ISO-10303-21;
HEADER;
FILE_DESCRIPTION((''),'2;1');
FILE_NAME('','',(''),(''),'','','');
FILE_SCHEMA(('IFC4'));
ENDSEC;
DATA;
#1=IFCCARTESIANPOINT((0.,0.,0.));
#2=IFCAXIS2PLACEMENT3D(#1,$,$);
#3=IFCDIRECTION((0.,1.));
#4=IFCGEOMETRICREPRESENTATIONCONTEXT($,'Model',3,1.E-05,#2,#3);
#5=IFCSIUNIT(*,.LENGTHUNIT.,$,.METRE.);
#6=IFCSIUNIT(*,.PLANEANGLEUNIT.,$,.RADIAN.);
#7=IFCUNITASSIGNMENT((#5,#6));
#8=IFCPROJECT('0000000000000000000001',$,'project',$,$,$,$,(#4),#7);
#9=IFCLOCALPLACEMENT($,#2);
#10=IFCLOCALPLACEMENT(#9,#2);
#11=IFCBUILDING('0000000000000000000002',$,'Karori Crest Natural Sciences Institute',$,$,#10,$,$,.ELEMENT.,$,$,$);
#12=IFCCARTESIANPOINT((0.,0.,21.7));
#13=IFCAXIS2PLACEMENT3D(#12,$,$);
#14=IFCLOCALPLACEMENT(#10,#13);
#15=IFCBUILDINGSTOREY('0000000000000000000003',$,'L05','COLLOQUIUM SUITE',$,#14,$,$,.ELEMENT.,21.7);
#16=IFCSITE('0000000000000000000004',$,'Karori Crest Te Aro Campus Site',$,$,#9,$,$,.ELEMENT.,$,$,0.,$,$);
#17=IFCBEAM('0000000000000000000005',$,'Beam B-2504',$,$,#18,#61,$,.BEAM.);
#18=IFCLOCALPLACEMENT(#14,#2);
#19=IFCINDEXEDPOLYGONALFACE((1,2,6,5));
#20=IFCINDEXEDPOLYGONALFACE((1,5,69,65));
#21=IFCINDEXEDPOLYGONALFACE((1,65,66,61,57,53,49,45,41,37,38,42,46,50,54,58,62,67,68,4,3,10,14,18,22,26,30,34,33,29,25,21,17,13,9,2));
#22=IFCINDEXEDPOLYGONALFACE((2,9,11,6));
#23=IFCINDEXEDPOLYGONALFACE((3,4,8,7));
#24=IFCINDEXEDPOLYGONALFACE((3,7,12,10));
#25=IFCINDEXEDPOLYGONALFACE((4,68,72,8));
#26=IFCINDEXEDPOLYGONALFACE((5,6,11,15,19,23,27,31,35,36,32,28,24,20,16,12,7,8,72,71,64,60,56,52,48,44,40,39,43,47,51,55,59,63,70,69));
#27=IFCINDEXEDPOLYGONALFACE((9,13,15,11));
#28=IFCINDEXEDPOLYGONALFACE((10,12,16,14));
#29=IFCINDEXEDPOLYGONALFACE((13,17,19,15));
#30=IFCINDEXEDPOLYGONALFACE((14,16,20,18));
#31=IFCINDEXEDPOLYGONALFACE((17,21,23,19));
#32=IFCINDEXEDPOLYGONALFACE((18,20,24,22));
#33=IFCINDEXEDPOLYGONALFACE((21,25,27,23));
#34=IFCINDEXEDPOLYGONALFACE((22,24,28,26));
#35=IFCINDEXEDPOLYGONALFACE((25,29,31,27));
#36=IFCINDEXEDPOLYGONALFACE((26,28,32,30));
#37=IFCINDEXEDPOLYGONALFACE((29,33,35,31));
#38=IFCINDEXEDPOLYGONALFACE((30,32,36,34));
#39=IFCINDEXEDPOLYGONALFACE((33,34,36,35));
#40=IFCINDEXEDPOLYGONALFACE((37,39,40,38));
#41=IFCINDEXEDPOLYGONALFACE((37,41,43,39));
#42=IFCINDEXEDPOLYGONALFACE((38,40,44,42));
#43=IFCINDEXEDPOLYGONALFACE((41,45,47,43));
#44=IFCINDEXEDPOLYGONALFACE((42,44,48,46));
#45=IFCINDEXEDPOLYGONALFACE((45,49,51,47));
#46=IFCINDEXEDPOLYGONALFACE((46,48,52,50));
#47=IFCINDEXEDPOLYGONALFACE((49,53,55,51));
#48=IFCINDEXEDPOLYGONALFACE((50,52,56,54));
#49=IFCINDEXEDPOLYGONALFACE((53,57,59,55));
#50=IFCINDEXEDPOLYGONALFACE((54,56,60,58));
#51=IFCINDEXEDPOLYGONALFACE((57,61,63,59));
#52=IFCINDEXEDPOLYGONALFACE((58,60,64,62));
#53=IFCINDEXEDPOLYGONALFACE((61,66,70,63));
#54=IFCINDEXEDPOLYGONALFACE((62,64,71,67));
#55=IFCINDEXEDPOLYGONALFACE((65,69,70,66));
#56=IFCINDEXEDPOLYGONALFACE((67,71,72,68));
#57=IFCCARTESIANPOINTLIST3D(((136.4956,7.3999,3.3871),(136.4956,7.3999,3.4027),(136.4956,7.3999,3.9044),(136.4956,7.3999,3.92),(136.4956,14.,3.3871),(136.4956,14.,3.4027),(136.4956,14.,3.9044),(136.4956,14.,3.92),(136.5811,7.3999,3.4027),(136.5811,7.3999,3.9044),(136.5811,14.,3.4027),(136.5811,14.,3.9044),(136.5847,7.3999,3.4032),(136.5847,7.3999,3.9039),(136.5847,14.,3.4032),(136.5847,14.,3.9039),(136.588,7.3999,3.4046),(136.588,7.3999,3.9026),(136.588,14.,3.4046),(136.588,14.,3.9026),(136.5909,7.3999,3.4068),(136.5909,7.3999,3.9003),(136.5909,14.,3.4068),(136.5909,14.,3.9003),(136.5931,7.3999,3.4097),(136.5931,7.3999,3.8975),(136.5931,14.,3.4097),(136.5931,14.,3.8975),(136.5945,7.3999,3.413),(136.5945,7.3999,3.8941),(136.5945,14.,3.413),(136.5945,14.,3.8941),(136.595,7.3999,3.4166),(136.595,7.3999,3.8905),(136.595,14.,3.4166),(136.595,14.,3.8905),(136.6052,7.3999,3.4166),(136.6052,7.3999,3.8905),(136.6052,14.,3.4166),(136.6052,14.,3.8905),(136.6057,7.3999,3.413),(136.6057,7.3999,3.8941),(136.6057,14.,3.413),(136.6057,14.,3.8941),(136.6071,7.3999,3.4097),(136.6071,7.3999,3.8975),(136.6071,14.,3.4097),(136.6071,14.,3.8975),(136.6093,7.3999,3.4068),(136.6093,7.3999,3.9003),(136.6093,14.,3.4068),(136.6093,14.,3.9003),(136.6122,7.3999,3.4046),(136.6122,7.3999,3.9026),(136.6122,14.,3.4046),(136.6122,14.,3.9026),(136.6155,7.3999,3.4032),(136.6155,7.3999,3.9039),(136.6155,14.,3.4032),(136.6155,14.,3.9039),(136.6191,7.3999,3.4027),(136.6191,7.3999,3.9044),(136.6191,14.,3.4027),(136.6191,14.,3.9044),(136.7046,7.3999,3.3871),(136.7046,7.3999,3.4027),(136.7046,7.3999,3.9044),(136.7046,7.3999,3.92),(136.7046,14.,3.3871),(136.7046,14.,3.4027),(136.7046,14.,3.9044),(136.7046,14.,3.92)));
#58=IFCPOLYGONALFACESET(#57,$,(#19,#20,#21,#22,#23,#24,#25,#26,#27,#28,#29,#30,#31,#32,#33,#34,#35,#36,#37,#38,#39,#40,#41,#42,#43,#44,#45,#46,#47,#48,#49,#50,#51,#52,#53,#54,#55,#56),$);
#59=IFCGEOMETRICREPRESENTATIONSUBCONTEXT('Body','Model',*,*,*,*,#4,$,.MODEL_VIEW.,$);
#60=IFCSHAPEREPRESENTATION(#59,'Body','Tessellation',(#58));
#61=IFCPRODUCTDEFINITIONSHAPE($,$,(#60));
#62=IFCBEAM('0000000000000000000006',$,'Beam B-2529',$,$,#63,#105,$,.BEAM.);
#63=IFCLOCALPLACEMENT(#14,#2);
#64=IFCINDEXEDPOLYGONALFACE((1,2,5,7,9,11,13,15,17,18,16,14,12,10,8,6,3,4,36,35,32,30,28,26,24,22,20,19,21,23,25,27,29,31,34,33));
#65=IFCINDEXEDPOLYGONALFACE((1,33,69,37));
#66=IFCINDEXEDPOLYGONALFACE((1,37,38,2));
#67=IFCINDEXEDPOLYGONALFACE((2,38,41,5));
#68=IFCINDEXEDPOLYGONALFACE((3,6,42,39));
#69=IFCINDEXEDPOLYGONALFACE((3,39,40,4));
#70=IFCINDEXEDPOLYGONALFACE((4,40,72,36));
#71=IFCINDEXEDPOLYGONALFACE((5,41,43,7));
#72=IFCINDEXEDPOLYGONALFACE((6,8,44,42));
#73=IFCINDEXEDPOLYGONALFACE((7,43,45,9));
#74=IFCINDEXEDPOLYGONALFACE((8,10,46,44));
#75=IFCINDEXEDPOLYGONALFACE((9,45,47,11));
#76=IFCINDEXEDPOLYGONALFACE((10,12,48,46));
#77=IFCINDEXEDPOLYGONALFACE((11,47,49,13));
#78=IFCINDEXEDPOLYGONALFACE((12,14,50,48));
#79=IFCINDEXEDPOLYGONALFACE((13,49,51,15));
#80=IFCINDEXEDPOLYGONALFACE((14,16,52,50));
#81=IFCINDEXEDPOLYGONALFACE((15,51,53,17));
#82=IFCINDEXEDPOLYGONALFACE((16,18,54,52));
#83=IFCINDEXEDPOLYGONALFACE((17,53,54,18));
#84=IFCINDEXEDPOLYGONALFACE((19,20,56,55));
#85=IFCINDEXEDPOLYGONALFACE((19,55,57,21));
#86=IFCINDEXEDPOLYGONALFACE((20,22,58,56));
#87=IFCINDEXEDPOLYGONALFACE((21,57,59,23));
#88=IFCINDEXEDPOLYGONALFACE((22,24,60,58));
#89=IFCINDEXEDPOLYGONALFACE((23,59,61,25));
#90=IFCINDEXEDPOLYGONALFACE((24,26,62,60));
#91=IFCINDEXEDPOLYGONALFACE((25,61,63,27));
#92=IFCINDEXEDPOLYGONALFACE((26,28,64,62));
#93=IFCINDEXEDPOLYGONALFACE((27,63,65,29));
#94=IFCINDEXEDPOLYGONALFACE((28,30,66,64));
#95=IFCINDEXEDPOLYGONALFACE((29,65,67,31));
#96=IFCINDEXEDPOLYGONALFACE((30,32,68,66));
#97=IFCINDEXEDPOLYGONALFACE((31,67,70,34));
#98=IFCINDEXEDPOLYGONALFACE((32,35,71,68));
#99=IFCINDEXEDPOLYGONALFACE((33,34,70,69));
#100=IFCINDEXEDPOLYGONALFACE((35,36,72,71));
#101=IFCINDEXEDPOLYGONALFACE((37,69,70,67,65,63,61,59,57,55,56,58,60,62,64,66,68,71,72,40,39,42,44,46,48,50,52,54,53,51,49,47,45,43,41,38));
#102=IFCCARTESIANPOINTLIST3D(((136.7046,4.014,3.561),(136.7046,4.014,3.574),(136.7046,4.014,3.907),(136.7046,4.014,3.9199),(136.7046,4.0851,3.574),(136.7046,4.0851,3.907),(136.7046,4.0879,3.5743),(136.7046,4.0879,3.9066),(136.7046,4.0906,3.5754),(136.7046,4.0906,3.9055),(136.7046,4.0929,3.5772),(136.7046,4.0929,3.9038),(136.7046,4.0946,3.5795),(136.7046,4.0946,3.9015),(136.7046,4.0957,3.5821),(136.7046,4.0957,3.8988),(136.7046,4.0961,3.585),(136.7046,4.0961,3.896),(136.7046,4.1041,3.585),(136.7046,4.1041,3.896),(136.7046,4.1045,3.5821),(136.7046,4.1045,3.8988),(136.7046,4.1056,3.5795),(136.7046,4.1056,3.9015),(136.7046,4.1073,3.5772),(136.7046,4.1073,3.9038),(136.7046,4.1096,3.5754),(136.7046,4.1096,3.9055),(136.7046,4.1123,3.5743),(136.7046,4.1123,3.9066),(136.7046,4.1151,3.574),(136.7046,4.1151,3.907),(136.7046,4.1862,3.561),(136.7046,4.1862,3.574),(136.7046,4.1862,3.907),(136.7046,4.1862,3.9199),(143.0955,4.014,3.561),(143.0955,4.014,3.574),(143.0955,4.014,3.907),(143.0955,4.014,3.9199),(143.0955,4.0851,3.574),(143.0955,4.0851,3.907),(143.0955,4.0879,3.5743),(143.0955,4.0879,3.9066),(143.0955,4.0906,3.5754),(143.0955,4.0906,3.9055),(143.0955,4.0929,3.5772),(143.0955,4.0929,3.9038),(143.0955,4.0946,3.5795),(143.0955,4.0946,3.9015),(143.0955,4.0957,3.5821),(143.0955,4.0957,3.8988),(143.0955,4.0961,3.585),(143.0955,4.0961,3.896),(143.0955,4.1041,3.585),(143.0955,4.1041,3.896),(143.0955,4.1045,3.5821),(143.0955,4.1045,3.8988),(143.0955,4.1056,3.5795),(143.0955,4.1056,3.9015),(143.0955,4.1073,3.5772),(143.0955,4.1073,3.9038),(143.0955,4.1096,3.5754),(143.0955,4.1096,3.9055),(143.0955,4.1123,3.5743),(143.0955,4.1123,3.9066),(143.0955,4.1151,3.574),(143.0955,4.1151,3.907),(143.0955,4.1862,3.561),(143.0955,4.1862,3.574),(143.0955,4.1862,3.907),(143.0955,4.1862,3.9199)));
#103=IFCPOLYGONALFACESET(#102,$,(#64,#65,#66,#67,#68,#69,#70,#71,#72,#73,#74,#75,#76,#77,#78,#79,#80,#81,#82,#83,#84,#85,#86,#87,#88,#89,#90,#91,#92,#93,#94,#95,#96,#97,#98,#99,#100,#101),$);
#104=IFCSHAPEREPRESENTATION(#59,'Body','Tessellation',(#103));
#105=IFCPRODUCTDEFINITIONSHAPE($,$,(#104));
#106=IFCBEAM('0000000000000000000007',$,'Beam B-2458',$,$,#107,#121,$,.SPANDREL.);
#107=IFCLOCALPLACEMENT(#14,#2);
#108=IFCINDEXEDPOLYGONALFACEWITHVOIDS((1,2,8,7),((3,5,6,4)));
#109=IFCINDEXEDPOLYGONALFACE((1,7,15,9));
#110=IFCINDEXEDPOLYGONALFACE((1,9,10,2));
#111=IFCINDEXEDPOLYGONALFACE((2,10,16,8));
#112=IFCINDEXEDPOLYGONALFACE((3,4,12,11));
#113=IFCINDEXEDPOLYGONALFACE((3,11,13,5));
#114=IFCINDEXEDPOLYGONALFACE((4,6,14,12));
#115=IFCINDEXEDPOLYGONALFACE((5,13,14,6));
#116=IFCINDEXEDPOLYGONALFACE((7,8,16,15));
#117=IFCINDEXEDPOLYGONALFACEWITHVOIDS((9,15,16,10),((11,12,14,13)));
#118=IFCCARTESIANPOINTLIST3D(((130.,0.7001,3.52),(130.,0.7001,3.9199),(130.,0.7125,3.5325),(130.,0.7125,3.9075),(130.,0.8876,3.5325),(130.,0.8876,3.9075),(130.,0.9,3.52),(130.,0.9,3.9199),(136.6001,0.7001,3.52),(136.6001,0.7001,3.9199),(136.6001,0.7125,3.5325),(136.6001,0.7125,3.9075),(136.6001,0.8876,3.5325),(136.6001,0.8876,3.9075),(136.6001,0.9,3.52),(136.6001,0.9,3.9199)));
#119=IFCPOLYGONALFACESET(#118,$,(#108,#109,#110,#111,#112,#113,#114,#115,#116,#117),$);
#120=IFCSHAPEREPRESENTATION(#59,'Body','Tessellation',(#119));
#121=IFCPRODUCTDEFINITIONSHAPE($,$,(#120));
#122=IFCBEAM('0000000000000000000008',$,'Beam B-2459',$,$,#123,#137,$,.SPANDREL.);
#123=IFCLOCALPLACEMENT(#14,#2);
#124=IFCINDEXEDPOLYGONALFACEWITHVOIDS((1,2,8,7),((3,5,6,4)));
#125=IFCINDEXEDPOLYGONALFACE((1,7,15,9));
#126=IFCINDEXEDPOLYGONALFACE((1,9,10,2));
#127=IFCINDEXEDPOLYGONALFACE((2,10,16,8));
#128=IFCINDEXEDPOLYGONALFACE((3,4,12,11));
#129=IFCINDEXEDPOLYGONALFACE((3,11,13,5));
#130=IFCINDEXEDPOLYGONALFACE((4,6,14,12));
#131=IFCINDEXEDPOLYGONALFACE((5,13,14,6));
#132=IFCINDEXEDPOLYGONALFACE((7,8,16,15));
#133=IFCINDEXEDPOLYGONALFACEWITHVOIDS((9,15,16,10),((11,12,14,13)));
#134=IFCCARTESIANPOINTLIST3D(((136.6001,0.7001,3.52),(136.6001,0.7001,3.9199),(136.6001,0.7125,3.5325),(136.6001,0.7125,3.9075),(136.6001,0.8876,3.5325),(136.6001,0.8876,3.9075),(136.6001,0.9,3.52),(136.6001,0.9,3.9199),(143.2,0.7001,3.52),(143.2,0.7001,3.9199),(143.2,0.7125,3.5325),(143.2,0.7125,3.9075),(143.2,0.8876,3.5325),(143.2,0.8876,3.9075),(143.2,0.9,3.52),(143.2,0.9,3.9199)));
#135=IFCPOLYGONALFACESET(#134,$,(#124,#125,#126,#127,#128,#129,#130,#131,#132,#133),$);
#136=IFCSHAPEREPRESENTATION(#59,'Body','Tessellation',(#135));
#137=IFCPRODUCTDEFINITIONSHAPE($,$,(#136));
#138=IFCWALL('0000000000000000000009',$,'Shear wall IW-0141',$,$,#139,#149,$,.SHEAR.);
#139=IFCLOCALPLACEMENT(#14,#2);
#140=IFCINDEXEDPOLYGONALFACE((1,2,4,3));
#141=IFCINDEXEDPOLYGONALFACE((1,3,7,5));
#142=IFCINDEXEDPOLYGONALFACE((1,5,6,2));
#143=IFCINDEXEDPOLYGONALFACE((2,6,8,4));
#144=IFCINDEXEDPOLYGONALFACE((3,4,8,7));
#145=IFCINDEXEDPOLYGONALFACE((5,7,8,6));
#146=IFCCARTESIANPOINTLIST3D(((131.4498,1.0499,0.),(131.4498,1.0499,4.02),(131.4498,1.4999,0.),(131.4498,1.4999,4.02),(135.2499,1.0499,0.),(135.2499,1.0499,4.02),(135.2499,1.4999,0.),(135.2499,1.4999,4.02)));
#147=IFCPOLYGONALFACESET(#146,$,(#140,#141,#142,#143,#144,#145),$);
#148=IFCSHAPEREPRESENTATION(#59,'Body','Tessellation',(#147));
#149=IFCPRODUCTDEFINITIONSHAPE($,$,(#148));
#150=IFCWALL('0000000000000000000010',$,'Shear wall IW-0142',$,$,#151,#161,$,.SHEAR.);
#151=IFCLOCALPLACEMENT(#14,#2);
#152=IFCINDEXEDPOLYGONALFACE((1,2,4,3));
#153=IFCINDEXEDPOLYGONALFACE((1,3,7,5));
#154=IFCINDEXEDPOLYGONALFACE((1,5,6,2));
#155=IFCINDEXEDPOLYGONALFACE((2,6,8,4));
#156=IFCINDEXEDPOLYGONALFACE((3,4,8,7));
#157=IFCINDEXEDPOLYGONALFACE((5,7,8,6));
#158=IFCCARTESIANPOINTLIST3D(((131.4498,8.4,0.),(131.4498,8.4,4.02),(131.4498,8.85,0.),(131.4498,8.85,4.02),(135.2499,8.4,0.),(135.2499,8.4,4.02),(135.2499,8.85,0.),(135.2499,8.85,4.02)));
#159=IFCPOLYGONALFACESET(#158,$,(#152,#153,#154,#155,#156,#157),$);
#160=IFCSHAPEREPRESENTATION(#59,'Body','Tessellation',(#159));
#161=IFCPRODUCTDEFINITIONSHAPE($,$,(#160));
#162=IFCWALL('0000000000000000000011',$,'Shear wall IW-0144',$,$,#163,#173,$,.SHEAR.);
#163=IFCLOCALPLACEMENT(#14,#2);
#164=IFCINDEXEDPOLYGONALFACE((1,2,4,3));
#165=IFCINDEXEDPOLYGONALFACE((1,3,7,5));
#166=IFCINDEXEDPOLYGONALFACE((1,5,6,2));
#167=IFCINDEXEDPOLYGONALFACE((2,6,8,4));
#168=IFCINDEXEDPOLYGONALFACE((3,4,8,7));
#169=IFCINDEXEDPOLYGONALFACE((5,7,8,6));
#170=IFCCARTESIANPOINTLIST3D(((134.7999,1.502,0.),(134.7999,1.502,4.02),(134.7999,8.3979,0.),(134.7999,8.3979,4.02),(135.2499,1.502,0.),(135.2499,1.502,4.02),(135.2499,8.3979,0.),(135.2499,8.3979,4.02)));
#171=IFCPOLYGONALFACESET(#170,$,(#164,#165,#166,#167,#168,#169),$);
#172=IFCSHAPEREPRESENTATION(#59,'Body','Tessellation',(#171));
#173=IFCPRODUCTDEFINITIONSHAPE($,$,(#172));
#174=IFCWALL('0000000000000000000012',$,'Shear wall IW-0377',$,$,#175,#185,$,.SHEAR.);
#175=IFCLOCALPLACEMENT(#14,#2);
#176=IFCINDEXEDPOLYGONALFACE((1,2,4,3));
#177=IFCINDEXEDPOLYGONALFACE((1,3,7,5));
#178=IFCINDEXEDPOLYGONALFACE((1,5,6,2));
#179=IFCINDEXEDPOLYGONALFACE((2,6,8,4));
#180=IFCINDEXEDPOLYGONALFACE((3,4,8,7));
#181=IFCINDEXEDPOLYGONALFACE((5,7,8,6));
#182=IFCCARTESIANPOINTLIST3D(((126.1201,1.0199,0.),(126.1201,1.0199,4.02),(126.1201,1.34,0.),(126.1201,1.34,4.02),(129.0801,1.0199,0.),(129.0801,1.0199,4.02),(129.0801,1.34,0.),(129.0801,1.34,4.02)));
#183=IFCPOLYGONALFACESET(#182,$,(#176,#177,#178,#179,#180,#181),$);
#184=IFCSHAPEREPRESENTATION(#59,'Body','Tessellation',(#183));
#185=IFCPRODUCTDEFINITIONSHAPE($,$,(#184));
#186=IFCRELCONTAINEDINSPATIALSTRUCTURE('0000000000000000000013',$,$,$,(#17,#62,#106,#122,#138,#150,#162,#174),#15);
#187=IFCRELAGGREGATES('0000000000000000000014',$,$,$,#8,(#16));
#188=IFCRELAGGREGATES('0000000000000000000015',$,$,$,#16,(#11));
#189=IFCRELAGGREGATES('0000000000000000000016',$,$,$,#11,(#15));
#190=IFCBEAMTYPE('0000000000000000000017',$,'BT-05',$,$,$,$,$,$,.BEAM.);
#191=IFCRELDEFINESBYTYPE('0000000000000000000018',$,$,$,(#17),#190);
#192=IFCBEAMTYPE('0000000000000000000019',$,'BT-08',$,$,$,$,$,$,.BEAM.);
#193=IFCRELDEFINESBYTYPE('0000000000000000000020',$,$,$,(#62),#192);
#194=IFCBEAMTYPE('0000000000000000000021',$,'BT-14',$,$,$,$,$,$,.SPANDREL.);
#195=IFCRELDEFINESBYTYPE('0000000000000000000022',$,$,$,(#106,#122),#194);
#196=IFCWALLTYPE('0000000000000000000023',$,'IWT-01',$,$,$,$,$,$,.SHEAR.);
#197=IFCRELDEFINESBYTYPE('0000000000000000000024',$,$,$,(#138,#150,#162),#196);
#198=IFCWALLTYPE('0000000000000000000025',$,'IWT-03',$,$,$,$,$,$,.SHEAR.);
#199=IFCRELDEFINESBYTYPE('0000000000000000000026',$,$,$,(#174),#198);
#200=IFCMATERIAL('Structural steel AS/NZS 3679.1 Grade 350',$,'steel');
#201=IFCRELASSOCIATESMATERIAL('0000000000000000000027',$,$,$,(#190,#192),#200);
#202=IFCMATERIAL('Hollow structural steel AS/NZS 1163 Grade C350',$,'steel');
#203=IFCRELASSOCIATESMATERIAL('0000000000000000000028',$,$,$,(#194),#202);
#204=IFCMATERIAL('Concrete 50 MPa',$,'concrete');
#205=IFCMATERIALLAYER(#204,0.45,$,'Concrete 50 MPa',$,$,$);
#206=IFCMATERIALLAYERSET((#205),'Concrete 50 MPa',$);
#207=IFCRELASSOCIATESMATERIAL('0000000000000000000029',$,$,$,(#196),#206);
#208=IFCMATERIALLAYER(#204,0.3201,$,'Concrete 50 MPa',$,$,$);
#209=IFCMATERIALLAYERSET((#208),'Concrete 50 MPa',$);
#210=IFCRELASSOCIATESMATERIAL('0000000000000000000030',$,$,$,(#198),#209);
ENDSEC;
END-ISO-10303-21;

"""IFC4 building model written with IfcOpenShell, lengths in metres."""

from ifc_helpers import new_model, si_unit, direction, frame, frame_2d, origin, origin_2d, place, context, subcontext, project, spatial, rectangle, hollow_rectangle, i_section, extrude, material, layer, layer_set, material_profile, profile_set, type_object, element, save


model = new_model("IFC4")

# Units and contexts
model_context = context("Model", 3, precision=1e-05, world=origin(), true_north=direction((0.0, 1.0)))
body_context = subcontext(model_context, "Body", "Model", "MODEL_VIEW")
ifc_project = project(units=[si_unit("LENGTHUNIT", "METRE"), si_unit("PLANEANGLEUNIT", "RADIAN")], contexts=[model_context])

# Site, building, storey
site_placement = place(None, origin())
site = spatial("IfcSite", under=ifc_project, at=site_placement, Name="Karori Crest Te Aro Campus Site", CompositionType="ELEMENT", RefElevation=0.0)
building_placement = place(site_placement, origin())
building = spatial("IfcBuilding", under=site, at=building_placement, Name="Karori Crest Natural Sciences Institute", CompositionType="ELEMENT")
storey_placement = place(building_placement, frame((0.0, 0.0, 21.7)))
storey = spatial("IfcBuildingStorey", under=building, at=storey_placement, Name="L05", Description="COLLOQUIUM SUITE", CompositionType="ELEMENT", Elevation=21.7)

# Shared definitions
ifc_material_1 = material(Name="Structural steel AS/NZS 3679.1 Grade 350", Category="steel")

# Beams
ifc_material_profile_1 = material_profile(ifc_material_1, i_section(OverallWidth=0.209, OverallDepth=0.533, WebThickness=0.0103, FlangeThickness=0.0156, FilletRadius=0.0139, at=origin_2d()), Name="530UB92.4")
ifc_profile_set_1 = profile_set([ifc_material_profile_1], Name="Structural steel AS/NZS 3679.1 Grade 350")
beam_type_1 = type_object("IfcBeamType", Name="BT-05", PredefinedType="BEAM", material=ifc_profile_set_1)
beam_1_placement = place(storey_placement, frame((136.6001, 7.3999, 3.6536), z_axis=(0.0, 1.0, 0.0), x_axis=(-1.0, 0.0, 0.0)))
element("IfcBeam", 1, at=beam_1_placement, inside=storey, type_object=beam_type_1, Name="Beam B-2504", PredefinedType="BEAM", context=body_context, shape_type="SweptSolid", body=[
    extrude(i_section(OverallWidth=0.209, OverallDepth=0.533, WebThickness=0.0103, FlangeThickness=0.0156, FilletRadius=0.0139, at=origin_2d()), origin(), (0.0, 0.0, 1.0), 6.6001),
])
ifc_material_profile_2 = material_profile(ifc_material_1, i_section(OverallWidth=0.1721, OverallDepth=0.3589, WebThickness=0.0081, FlangeThickness=0.0129, FilletRadius=0.011, at=origin_2d()), Name="360UB56.7")
ifc_profile_set_2 = profile_set([ifc_material_profile_2], Name="Structural steel AS/NZS 3679.1 Grade 350")
beam_type_2 = type_object("IfcBeamType", Name="BT-08", PredefinedType="BEAM", material=ifc_profile_set_2)
beam_2_placement = place(storey_placement, frame((136.7046, 4.1001, 3.7405), z_axis=(1.0, 0.0, 0.0), x_axis=(0.0, 1.0, 0.0)))
element("IfcBeam", 2, at=beam_2_placement, inside=storey, type_object=beam_type_2, Name="Beam B-2529", PredefinedType="BEAM", context=body_context, shape_type="SweptSolid", body=[
    extrude(i_section(OverallWidth=0.1721, OverallDepth=0.3589, WebThickness=0.0081, FlangeThickness=0.0129, FilletRadius=0.011, at=origin_2d()), origin(), (0.0, 0.0, 1.0), 6.3909),
])
ifc_material_2 = material(Name="Hollow structural steel AS/NZS 1163 Grade C350", Category="steel")
ifc_material_profile_3 = material_profile(ifc_material_2, hollow_rectangle(XDim=0.2, YDim=0.3999, WallThickness=0.0125, at=origin_2d()), Name="RHS400x200x12.5")
ifc_profile_set_3 = profile_set([ifc_material_profile_3], Name="Hollow structural steel AS/NZS 1163 Grade C350")
beam_type_3 = type_object("IfcBeamType", Name="BT-14", PredefinedType="SPANDREL", material=ifc_profile_set_3)
beam_3_placement = place(storey_placement, frame((130.0, 0.8, 3.72), z_axis=(1.0, 0.0, 0.0), x_axis=(0.0, 1.0, 0.0)))
element("IfcBeam", 3, at=beam_3_placement, inside=storey, type_object=beam_type_3, Name="Beam B-2458", PredefinedType="SPANDREL", context=body_context, shape_type="SweptSolid", body=[
    extrude(hollow_rectangle(XDim=0.2, YDim=0.3999, WallThickness=0.0125, at=origin_2d()), origin(), (0.0, 0.0, 1.0), 6.6001),
])
beam_4_placement = place(storey_placement, frame((136.6001, 0.8, 3.72), z_axis=(1.0, 0.0, 0.0), x_axis=(0.0, 1.0, 0.0)))
element("IfcBeam", 4, at=beam_4_placement, inside=storey, type_object=beam_type_3, Name="Beam B-2459", PredefinedType="SPANDREL", context=body_context, shape_type="SweptSolid", body=[
    extrude(hollow_rectangle(XDim=0.2, YDim=0.3999, WallThickness=0.0125, at=origin_2d()), origin(), (0.0, 0.0, 1.0), 6.5999),
])

# Walls
ifc_material_3 = material(Name="Concrete 50 MPa", Category="concrete")
ifc_layer_1 = layer(ifc_material_3, 0.45, Name="Concrete 50 MPa")
ifc_layer_set_1 = layer_set([ifc_layer_1], Name="Concrete 50 MPa")
wall_type_1 = type_object("IfcWallType", Name="IWT-01", PredefinedType="SHEAR", material=ifc_layer_set_1)
for number, where, z_axis, x_axis, name in (
    (5, (131.45, 1.2749, 0.0), (0.0, 0.0, 1.0), (1.0, 0.0, 0.0), "Shear wall IW-0141"),
    (6, (131.45, 8.625, 0.0), (0.0, 0.0, 1.0), (1.0, 0.0, 0.0), "Shear wall IW-0142"),
):
    element("IfcWall", number, at=place(storey_placement, frame(where, z_axis=z_axis, x_axis=x_axis)), inside=storey, type_object=wall_type_1, Name=name, PredefinedType="SHEAR", context=body_context, shape_type="SweptSolid", body=[
        extrude(rectangle(XDim=3.8, YDim=0.45, at=frame_2d((1.8999, 0.0))), origin(), (0.0, 0.0, 1.0), 4.02),
    ])

# Walls
wall_1_placement = place(storey_placement, frame((135.0249, 1.502, 0.0), z_axis=(0.0, 0.0, 1.0), x_axis=(0.0, 1.0, 0.0)))
element("IfcWall", 7, at=wall_1_placement, inside=storey, type_object=wall_type_1, Name="Shear wall IW-0144", PredefinedType="SHEAR", context=body_context, shape_type="SweptSolid", body=[
    extrude(rectangle(XDim=6.896, YDim=0.45, at=frame_2d((3.448, 0.0))), origin(), (0.0, 0.0, 1.0), 4.02),
])
ifc_layer_2 = layer(ifc_material_3, 0.3201, Name="Concrete 50 MPa")
ifc_layer_set_2 = layer_set([ifc_layer_2], Name="Concrete 50 MPa")
wall_type_2 = type_object("IfcWallType", Name="IWT-03", PredefinedType="SHEAR", material=ifc_layer_set_2)
wall_2_placement = place(storey_placement, frame((126.1201, 1.1799, 0.0), z_axis=(0.0, 0.0, 1.0), x_axis=(1.0, 0.0, 0.0)))
element("IfcWall", 8, at=wall_2_placement, inside=storey, type_object=wall_type_2, Name="Shear wall IW-0377", PredefinedType="SHEAR", context=body_context, shape_type="SweptSolid", body=[
    extrude(rectangle(XDim=2.96, YDim=0.3201, at=frame_2d((1.48, 0.0))), origin(), (0.0, 0.0, 1.0), 4.02),
])

save(model, "model.ifc")
